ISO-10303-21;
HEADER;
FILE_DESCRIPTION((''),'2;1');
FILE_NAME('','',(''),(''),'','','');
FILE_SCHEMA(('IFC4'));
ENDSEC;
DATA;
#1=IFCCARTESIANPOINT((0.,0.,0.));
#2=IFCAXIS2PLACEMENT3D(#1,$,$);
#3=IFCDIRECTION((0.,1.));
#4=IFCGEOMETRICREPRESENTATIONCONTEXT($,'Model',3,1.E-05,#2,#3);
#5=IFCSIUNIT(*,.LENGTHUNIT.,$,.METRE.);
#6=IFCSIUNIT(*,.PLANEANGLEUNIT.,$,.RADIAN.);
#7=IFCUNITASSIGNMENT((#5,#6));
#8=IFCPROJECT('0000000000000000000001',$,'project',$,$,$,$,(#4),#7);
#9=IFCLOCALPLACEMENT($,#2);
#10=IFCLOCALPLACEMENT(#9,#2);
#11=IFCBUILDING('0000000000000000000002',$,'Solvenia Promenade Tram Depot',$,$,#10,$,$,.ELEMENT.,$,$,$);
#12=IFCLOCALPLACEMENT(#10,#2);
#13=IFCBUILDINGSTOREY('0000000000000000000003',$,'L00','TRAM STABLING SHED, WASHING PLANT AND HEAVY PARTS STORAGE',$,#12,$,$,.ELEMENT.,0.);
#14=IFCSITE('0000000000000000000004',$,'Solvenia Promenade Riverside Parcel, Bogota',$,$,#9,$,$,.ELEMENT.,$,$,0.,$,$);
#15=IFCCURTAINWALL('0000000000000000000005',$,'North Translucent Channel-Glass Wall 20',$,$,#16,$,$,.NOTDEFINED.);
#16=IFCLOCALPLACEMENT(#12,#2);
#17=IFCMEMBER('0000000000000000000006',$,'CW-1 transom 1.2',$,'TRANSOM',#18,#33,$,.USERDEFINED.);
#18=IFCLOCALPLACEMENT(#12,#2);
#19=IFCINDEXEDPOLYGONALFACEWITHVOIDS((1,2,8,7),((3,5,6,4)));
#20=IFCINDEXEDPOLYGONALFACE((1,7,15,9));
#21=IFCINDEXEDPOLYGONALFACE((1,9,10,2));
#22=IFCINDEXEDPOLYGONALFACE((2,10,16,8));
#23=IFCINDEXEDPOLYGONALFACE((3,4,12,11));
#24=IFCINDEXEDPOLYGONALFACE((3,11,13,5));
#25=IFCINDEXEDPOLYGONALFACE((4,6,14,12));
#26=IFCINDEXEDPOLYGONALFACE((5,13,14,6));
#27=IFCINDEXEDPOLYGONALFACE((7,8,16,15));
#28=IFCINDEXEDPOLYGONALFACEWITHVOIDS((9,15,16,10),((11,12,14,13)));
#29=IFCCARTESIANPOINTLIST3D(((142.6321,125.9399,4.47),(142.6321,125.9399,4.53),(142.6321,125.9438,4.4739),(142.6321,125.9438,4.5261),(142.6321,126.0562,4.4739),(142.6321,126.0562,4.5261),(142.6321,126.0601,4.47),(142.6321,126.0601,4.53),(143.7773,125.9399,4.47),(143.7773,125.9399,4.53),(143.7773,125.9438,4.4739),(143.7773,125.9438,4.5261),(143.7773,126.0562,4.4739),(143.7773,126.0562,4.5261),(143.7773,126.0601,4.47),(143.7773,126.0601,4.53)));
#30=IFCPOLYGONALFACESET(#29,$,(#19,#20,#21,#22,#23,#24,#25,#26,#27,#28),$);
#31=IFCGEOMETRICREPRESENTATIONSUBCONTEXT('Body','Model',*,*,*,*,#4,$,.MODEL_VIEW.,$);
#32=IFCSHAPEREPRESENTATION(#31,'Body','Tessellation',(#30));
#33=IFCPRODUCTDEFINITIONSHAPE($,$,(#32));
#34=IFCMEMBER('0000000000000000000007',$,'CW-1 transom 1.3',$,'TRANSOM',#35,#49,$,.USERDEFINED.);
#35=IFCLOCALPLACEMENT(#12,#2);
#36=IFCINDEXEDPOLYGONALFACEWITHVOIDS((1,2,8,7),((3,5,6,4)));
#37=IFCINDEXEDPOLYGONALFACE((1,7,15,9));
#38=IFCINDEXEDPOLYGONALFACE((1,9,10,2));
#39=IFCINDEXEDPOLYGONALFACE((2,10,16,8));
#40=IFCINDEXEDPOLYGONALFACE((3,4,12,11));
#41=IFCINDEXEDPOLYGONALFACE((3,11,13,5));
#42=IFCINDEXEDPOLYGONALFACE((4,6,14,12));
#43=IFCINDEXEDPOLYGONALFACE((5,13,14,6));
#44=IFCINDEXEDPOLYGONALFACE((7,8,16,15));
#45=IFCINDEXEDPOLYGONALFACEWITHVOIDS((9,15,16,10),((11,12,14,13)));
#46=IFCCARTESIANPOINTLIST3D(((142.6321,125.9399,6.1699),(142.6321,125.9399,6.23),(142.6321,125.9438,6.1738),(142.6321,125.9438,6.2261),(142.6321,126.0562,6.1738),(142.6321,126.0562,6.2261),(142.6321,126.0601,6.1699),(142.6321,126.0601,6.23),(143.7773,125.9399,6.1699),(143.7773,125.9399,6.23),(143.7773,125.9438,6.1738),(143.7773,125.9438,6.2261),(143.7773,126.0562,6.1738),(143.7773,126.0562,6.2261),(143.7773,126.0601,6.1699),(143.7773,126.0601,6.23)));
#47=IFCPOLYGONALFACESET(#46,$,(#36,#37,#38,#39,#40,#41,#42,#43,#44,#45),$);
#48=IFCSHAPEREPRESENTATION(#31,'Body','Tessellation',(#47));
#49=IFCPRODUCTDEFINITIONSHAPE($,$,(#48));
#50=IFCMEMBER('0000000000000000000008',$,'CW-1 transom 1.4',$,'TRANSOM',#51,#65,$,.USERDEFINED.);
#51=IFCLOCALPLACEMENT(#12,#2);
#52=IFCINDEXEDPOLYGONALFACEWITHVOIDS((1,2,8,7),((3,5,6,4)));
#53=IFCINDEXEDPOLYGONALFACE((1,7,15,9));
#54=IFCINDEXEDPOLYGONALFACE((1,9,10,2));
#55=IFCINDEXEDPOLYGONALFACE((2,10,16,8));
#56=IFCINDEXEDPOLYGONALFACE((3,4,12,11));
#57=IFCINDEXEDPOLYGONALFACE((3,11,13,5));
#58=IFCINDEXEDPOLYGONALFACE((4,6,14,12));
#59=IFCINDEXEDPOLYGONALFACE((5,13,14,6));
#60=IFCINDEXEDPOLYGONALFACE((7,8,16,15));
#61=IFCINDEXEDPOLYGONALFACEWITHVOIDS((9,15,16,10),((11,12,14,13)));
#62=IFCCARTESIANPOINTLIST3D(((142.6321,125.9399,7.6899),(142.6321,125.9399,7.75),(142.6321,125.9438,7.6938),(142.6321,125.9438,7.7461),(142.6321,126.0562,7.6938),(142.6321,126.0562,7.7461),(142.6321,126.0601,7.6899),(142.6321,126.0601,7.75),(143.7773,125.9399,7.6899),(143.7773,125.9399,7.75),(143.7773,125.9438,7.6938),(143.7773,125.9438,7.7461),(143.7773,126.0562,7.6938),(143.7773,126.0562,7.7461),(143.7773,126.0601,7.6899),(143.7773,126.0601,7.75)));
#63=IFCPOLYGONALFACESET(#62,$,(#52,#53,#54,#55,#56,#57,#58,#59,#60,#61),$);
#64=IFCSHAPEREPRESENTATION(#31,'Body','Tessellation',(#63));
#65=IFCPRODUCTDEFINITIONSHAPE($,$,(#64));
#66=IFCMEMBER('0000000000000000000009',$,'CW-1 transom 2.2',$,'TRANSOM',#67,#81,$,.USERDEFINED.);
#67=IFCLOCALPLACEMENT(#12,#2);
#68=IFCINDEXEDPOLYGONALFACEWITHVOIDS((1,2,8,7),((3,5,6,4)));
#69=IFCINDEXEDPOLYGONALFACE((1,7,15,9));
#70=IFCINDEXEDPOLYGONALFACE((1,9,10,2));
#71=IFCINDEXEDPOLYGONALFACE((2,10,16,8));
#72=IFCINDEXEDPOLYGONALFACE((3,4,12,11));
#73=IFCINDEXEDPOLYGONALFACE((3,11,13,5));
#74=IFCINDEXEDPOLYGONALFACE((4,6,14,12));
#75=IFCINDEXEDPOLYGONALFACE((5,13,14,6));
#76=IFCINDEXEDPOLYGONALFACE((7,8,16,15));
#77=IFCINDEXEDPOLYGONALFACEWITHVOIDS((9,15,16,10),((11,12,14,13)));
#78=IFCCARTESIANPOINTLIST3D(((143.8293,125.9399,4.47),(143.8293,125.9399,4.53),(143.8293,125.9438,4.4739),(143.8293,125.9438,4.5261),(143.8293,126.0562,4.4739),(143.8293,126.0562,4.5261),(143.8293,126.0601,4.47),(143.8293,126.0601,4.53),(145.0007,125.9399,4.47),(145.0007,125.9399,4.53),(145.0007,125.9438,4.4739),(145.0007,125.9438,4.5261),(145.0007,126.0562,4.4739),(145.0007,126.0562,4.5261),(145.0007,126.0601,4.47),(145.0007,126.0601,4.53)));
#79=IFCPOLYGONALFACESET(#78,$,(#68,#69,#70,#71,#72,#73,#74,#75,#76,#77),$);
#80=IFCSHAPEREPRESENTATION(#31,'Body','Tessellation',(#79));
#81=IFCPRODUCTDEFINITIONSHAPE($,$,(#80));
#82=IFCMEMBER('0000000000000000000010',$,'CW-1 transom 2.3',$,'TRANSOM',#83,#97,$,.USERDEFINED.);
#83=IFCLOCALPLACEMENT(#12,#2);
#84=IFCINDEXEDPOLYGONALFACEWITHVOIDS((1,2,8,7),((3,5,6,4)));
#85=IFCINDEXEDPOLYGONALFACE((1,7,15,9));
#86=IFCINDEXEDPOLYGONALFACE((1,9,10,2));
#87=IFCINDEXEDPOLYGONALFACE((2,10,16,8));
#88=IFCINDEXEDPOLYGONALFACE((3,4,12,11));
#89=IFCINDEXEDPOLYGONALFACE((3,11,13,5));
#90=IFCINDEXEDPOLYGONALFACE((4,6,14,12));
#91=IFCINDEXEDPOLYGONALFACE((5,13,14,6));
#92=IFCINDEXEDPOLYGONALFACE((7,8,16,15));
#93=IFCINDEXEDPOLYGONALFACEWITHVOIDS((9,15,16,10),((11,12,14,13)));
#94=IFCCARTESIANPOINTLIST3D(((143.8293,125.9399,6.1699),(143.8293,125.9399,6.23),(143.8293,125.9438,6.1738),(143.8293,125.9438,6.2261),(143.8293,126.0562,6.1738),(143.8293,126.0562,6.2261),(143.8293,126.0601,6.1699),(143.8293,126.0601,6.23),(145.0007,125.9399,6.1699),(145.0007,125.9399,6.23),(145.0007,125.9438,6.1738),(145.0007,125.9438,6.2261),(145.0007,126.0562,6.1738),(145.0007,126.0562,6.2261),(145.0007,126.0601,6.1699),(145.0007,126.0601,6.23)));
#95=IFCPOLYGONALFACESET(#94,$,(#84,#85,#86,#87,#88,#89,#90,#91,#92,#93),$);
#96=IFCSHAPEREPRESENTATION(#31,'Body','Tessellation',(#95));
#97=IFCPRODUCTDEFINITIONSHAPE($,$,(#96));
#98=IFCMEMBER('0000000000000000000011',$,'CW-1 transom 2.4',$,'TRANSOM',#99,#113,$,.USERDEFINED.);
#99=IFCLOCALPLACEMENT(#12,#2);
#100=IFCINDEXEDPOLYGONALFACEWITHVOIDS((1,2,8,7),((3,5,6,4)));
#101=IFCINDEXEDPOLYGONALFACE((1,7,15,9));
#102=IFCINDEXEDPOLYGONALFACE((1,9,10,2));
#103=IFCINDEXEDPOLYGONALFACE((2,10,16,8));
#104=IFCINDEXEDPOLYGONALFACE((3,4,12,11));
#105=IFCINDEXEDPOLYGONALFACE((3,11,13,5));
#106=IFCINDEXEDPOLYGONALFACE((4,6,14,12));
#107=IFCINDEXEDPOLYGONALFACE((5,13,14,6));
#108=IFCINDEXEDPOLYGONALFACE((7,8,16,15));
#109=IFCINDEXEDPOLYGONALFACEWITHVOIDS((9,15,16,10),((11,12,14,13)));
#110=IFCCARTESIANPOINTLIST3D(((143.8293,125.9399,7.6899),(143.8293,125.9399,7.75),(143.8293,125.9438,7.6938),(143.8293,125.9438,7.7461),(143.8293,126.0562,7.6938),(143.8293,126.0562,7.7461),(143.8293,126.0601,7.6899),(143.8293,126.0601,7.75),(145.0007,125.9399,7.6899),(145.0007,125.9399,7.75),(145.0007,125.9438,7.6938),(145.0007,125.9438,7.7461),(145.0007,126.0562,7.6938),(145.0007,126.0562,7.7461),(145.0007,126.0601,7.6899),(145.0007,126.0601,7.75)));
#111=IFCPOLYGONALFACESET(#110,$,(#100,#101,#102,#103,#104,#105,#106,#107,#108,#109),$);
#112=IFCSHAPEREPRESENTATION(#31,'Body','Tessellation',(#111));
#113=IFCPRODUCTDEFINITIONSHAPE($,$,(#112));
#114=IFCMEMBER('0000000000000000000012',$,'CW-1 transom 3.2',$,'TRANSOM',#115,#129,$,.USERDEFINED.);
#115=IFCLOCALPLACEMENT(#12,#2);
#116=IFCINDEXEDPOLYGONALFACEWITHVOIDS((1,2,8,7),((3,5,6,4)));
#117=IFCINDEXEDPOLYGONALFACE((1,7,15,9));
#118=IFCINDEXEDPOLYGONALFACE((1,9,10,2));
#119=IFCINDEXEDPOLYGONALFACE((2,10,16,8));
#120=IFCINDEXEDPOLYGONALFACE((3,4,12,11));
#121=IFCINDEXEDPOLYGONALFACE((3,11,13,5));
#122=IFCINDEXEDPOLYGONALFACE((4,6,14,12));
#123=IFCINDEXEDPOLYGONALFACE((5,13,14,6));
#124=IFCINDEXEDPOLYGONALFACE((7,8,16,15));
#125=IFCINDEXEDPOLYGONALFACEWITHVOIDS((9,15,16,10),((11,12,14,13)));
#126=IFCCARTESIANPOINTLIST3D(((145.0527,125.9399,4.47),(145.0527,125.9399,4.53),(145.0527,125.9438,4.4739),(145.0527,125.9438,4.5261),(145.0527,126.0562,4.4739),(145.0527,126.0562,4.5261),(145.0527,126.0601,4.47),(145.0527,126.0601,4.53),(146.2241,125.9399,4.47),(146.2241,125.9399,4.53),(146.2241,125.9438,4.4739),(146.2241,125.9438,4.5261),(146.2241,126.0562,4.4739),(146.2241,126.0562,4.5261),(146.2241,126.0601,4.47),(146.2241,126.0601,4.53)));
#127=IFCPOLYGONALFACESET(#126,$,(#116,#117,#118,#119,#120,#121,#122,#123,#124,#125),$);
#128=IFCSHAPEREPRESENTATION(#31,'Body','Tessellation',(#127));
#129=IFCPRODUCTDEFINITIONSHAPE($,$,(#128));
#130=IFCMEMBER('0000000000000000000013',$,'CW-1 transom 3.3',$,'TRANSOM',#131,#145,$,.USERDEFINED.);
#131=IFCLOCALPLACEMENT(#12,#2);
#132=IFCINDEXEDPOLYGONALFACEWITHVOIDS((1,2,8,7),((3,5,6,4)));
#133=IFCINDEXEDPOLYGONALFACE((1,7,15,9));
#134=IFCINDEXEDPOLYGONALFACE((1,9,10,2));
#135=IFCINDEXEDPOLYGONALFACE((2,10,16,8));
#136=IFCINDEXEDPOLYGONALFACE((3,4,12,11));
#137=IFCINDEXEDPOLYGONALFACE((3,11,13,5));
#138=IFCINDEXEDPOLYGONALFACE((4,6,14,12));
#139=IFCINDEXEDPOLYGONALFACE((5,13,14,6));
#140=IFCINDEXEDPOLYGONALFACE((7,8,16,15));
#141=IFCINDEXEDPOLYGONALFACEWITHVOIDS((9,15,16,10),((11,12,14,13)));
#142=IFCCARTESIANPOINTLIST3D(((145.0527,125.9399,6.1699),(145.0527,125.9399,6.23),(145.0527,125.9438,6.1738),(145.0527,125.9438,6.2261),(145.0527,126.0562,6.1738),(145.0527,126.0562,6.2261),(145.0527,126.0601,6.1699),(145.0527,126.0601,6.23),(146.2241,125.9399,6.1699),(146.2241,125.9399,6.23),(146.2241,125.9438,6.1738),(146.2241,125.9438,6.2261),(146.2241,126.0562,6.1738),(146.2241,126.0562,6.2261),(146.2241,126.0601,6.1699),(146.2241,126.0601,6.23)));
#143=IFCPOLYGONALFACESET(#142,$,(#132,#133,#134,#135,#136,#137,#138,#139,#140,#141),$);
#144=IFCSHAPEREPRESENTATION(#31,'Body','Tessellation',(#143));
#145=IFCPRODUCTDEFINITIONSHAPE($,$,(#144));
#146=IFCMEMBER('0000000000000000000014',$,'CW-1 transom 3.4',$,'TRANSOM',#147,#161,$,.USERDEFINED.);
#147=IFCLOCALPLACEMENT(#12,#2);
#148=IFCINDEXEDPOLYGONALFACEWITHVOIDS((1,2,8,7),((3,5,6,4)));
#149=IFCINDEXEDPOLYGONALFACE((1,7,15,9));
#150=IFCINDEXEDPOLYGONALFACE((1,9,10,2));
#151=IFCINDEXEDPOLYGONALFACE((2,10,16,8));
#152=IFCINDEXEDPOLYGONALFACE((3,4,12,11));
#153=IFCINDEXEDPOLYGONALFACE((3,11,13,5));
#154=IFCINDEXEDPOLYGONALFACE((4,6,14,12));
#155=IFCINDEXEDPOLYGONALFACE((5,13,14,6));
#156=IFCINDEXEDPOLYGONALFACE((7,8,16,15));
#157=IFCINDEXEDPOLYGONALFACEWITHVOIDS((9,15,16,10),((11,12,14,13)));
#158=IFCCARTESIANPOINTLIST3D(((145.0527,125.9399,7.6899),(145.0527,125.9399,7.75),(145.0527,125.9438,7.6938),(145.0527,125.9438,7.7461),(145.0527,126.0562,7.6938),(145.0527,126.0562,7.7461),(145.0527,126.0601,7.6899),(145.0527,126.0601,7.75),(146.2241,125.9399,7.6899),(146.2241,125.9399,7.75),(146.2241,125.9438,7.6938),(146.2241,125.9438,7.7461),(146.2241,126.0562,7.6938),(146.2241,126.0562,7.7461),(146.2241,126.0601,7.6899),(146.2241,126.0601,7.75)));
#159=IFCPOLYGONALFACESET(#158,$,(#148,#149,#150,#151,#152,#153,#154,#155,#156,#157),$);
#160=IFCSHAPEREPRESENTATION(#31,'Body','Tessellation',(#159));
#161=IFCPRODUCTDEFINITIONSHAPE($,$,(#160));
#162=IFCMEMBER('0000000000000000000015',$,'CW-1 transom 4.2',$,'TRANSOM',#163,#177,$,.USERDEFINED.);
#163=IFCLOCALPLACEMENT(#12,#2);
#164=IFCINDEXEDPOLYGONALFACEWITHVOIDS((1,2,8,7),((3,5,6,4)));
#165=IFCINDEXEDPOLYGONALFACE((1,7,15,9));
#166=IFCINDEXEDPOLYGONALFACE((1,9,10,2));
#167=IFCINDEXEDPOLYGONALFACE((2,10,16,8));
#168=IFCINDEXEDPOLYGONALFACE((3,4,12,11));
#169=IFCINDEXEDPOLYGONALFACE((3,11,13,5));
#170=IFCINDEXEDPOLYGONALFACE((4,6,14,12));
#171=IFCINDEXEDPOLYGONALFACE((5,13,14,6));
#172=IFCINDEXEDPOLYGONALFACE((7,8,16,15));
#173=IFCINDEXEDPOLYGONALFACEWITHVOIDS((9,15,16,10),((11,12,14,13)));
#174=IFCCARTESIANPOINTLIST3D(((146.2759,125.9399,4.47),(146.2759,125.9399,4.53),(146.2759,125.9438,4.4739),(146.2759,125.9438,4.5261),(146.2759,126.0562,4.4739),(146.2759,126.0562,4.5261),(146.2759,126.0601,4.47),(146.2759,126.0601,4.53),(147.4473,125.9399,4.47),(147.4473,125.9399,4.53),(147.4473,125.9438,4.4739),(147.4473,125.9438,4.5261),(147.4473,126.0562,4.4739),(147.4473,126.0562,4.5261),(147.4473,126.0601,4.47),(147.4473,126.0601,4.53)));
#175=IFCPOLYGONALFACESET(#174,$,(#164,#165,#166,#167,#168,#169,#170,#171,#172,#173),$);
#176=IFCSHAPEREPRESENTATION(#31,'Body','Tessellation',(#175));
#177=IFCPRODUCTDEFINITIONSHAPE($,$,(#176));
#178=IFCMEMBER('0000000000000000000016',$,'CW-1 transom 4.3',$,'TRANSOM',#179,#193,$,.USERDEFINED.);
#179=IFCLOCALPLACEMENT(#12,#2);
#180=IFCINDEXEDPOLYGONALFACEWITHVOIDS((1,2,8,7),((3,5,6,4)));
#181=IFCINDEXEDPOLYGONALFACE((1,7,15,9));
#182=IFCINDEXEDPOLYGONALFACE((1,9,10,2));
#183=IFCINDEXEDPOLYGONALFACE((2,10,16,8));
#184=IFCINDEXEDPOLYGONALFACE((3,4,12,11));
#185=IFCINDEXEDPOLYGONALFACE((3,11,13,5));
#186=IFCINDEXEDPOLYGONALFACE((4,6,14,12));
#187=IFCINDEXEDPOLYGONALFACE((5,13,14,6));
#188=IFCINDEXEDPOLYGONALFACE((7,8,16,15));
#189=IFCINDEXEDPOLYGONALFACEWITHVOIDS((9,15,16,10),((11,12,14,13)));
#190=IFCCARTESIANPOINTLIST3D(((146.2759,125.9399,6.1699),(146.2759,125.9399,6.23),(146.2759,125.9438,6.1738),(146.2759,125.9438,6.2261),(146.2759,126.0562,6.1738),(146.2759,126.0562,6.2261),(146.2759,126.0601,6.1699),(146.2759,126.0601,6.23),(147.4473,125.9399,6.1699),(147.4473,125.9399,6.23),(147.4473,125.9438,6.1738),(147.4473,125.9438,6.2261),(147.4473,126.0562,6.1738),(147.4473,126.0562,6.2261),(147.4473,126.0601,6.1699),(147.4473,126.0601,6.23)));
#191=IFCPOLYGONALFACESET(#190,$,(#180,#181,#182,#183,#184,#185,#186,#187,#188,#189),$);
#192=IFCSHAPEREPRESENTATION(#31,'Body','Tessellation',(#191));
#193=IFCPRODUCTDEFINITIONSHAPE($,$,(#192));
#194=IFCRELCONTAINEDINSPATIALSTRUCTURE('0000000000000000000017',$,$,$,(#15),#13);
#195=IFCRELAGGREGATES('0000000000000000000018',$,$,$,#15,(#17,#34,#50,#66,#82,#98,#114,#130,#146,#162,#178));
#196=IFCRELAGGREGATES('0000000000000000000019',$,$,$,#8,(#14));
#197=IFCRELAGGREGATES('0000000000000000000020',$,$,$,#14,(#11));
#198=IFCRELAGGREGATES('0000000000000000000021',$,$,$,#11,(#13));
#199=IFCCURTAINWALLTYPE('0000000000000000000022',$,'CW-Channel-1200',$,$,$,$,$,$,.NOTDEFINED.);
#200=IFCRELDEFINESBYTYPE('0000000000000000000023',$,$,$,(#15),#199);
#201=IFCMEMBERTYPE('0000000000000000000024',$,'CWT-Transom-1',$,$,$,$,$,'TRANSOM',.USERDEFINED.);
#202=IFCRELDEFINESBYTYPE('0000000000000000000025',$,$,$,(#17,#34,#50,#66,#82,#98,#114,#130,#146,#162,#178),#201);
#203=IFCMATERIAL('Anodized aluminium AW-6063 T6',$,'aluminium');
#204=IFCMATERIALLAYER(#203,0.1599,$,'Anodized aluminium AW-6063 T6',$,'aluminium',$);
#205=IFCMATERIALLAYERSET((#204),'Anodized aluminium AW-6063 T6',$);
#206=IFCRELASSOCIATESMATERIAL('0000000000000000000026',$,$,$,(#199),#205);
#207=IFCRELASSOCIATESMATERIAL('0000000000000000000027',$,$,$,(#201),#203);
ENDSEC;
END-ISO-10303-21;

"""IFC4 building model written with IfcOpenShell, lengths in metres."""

from ifc_helpers import new_model, si_unit, direction, frame, origin, origin_2d, place, context, subcontext, project, spatial, hollow_rectangle, extrude, material, layer, layer_set, material_profile, profile_set, type_object, element, aggregate, save


model = new_model("IFC4")

# Units and contexts
model_context = context("Model", 3, precision=1e-05, world=origin(), true_north=direction((0.0, 1.0)))
body_context = subcontext(model_context, "Body", "Model", "MODEL_VIEW")
ifc_project = project(units=[si_unit("LENGTHUNIT", "METRE"), si_unit("PLANEANGLEUNIT", "RADIAN")], contexts=[model_context])

# Site, building, storey
site_placement = place(None, origin())
site = spatial("IfcSite", under=ifc_project, at=site_placement, Name="Solvenia Promenade Riverside Parcel, Bogota", CompositionType="ELEMENT", RefElevation=0.0)
building_placement = place(site_placement, origin())
building = spatial("IfcBuilding", under=site, at=building_placement, Name="Solvenia Promenade Tram Depot", CompositionType="ELEMENT")
storey_placement = place(building_placement, origin())
storey = spatial("IfcBuildingStorey", under=building, at=storey_placement, Name="L00", Description="TRAM STABLING SHED, WASHING PLANT AND HEAVY PARTS STORAGE", CompositionType="ELEMENT", Elevation=0.0)

# Curtain wall, members
ifc_material_1 = material(Name="Anodized aluminium AW-6063 T6", Category="aluminium")
ifc_layer_1 = layer(ifc_material_1, 0.1599, Name="Anodized aluminium AW-6063 T6", Category="aluminium")
ifc_layer_set_1 = layer_set([ifc_layer_1], Name="Anodized aluminium AW-6063 T6")
curtain_wall_type = type_object("IfcCurtainWallType", Name="CW-Channel-1200", PredefinedType="NOTDEFINED", material=ifc_layer_set_1)
curtain_wall_placement = place(storey_placement, origin())
curtain_wall = element("IfcCurtainWall", 1, at=curtain_wall_placement, inside=storey, type_object=curtain_wall_type, Name="North Translucent Channel-Glass Wall 20", PredefinedType="NOTDEFINED")
ifc_material_profile = material_profile(ifc_material_1, hollow_rectangle(XDim=0.1201, YDim=0.0601, WallThickness=0.0039, at=origin_2d()), Name="ALU-T1", Category="aluminium")
ifc_profile_set = profile_set([ifc_material_profile], Name="Anodized aluminium AW-6063 T6")
member_type = type_object("IfcMemberType", Name="CWT-Transom-1", ElementType="TRANSOM", PredefinedType="USERDEFINED", material=ifc_profile_set)
member_1_placement = place(storey_placement, frame((142.6321, 126.0, 4.5), z_axis=(1.0, 0.0, 0.0), x_axis=(0.0, 1.0, 0.0)))
member_1 = element("IfcMember", 2, at=member_1_placement, type_object=member_type, Name="CW-1 transom 1.2", ObjectType="TRANSOM", PredefinedType="USERDEFINED", context=body_context, shape_type="SweptSolid", body=[
    extrude(hollow_rectangle(XDim=0.1201, YDim=0.0601, WallThickness=0.0039, at=origin_2d()), origin(), (0.0, 0.0, 1.0), 1.1453),
])
member_2_placement = place(storey_placement, frame((142.6321, 126.0, 6.2), z_axis=(1.0, 0.0, 0.0), x_axis=(0.0, 1.0, 0.0)))
member_2 = element("IfcMember", 3, at=member_2_placement, type_object=member_type, Name="CW-1 transom 1.3", ObjectType="TRANSOM", PredefinedType="USERDEFINED", context=body_context, shape_type="SweptSolid", body=[
    extrude(hollow_rectangle(XDim=0.1201, YDim=0.0601, WallThickness=0.0039, at=origin_2d()), origin(), (0.0, 0.0, 1.0), 1.1453),
])
member_3_placement = place(storey_placement, frame((142.6321, 126.0, 7.72), z_axis=(1.0, 0.0, 0.0), x_axis=(0.0, 1.0, 0.0)))
member_3 = element("IfcMember", 4, at=member_3_placement, type_object=member_type, Name="CW-1 transom 1.4", ObjectType="TRANSOM", PredefinedType="USERDEFINED", context=body_context, shape_type="SweptSolid", body=[
    extrude(hollow_rectangle(XDim=0.1201, YDim=0.0601, WallThickness=0.0039, at=origin_2d()), origin(), (0.0, 0.0, 1.0), 1.1453),
])
member_4_placement = place(storey_placement, frame((143.8293, 126.0, 4.5), z_axis=(1.0, 0.0, 0.0), x_axis=(0.0, 1.0, 0.0)))
member_4 = element("IfcMember", 5, at=member_4_placement, type_object=member_type, Name="CW-1 transom 2.2", ObjectType="TRANSOM", PredefinedType="USERDEFINED", context=body_context, shape_type="SweptSolid", body=[
    extrude(hollow_rectangle(XDim=0.1201, YDim=0.0601, WallThickness=0.0039, at=origin_2d()), origin(), (0.0, 0.0, 1.0), 1.1714),
])
member_5_placement = place(storey_placement, frame((143.8293, 126.0, 6.2), z_axis=(1.0, 0.0, 0.0), x_axis=(0.0, 1.0, 0.0)))
member_5 = element("IfcMember", 6, at=member_5_placement, type_object=member_type, Name="CW-1 transom 2.3", ObjectType="TRANSOM", PredefinedType="USERDEFINED", context=body_context, shape_type="SweptSolid", body=[
    extrude(hollow_rectangle(XDim=0.1201, YDim=0.0601, WallThickness=0.0039, at=origin_2d()), origin(), (0.0, 0.0, 1.0), 1.1714),
])
member_6_placement = place(storey_placement, frame((143.8293, 126.0, 7.72), z_axis=(1.0, 0.0, 0.0), x_axis=(0.0, 1.0, 0.0)))
member_6 = element("IfcMember", 7, at=member_6_placement, type_object=member_type, Name="CW-1 transom 2.4", ObjectType="TRANSOM", PredefinedType="USERDEFINED", context=body_context, shape_type="SweptSolid", body=[
    extrude(hollow_rectangle(XDim=0.1201, YDim=0.0601, WallThickness=0.0039, at=origin_2d()), origin(), (0.0, 0.0, 1.0), 1.1714),
])
member_7_placement = place(storey_placement, frame((145.0527, 126.0, 4.5), z_axis=(1.0, 0.0, 0.0), x_axis=(0.0, 1.0, 0.0)))
member_7 = element("IfcMember", 8, at=member_7_placement, type_object=member_type, Name="CW-1 transom 3.2", ObjectType="TRANSOM", PredefinedType="USERDEFINED", context=body_context, shape_type="SweptSolid", body=[
    extrude(hollow_rectangle(XDim=0.1201, YDim=0.0601, WallThickness=0.0039, at=origin_2d()), origin(), (0.0, 0.0, 1.0), 1.1714),
])
member_8_placement = place(storey_placement, frame((145.0527, 126.0, 6.2), z_axis=(1.0, 0.0, 0.0), x_axis=(0.0, 1.0, 0.0)))
member_8 = element("IfcMember", 9, at=member_8_placement, type_object=member_type, Name="CW-1 transom 3.3", ObjectType="TRANSOM", PredefinedType="USERDEFINED", context=body_context, shape_type="SweptSolid", body=[
    extrude(hollow_rectangle(XDim=0.1201, YDim=0.0601, WallThickness=0.0039, at=origin_2d()), origin(), (0.0, 0.0, 1.0), 1.1714),
])
member_9_placement = place(storey_placement, frame((145.0527, 126.0, 7.72), z_axis=(1.0, 0.0, 0.0), x_axis=(0.0, 1.0, 0.0)))
member_9 = element("IfcMember", 10, at=member_9_placement, type_object=member_type, Name="CW-1 transom 3.4", ObjectType="TRANSOM", PredefinedType="USERDEFINED", context=body_context, shape_type="SweptSolid", body=[
    extrude(hollow_rectangle(XDim=0.1201, YDim=0.0601, WallThickness=0.0039, at=origin_2d()), origin(), (0.0, 0.0, 1.0), 1.1714),
])
member_10_placement = place(storey_placement, frame((146.2759, 126.0, 4.5), z_axis=(1.0, 0.0, 0.0), x_axis=(0.0, 1.0, 0.0)))
member_10 = element("IfcMember", 11, at=member_10_placement, type_object=member_type, Name="CW-1 transom 4.2", ObjectType="TRANSOM", PredefinedType="USERDEFINED", context=body_context, shape_type="SweptSolid", body=[
    extrude(hollow_rectangle(XDim=0.1201, YDim=0.0601, WallThickness=0.0039, at=origin_2d()), origin(), (0.0, 0.0, 1.0), 1.1714),
])
member_11_placement = place(storey_placement, frame((146.2759, 126.0, 6.2), z_axis=(1.0, 0.0, 0.0), x_axis=(0.0, 1.0, 0.0)))
member_11 = element("IfcMember", 12, at=member_11_placement, type_object=member_type, Name="CW-1 transom 4.3", ObjectType="TRANSOM", PredefinedType="USERDEFINED", context=body_context, shape_type="SweptSolid", body=[
    extrude(hollow_rectangle(XDim=0.1201, YDim=0.0601, WallThickness=0.0039, at=origin_2d()), origin(), (0.0, 0.0, 1.0), 1.1714),
])
aggregate(curtain_wall, [member_1, member_2, member_3, member_4, member_5, member_6, member_7, member_8, member_9, member_10, member_11])

save(model, "model.ifc")
